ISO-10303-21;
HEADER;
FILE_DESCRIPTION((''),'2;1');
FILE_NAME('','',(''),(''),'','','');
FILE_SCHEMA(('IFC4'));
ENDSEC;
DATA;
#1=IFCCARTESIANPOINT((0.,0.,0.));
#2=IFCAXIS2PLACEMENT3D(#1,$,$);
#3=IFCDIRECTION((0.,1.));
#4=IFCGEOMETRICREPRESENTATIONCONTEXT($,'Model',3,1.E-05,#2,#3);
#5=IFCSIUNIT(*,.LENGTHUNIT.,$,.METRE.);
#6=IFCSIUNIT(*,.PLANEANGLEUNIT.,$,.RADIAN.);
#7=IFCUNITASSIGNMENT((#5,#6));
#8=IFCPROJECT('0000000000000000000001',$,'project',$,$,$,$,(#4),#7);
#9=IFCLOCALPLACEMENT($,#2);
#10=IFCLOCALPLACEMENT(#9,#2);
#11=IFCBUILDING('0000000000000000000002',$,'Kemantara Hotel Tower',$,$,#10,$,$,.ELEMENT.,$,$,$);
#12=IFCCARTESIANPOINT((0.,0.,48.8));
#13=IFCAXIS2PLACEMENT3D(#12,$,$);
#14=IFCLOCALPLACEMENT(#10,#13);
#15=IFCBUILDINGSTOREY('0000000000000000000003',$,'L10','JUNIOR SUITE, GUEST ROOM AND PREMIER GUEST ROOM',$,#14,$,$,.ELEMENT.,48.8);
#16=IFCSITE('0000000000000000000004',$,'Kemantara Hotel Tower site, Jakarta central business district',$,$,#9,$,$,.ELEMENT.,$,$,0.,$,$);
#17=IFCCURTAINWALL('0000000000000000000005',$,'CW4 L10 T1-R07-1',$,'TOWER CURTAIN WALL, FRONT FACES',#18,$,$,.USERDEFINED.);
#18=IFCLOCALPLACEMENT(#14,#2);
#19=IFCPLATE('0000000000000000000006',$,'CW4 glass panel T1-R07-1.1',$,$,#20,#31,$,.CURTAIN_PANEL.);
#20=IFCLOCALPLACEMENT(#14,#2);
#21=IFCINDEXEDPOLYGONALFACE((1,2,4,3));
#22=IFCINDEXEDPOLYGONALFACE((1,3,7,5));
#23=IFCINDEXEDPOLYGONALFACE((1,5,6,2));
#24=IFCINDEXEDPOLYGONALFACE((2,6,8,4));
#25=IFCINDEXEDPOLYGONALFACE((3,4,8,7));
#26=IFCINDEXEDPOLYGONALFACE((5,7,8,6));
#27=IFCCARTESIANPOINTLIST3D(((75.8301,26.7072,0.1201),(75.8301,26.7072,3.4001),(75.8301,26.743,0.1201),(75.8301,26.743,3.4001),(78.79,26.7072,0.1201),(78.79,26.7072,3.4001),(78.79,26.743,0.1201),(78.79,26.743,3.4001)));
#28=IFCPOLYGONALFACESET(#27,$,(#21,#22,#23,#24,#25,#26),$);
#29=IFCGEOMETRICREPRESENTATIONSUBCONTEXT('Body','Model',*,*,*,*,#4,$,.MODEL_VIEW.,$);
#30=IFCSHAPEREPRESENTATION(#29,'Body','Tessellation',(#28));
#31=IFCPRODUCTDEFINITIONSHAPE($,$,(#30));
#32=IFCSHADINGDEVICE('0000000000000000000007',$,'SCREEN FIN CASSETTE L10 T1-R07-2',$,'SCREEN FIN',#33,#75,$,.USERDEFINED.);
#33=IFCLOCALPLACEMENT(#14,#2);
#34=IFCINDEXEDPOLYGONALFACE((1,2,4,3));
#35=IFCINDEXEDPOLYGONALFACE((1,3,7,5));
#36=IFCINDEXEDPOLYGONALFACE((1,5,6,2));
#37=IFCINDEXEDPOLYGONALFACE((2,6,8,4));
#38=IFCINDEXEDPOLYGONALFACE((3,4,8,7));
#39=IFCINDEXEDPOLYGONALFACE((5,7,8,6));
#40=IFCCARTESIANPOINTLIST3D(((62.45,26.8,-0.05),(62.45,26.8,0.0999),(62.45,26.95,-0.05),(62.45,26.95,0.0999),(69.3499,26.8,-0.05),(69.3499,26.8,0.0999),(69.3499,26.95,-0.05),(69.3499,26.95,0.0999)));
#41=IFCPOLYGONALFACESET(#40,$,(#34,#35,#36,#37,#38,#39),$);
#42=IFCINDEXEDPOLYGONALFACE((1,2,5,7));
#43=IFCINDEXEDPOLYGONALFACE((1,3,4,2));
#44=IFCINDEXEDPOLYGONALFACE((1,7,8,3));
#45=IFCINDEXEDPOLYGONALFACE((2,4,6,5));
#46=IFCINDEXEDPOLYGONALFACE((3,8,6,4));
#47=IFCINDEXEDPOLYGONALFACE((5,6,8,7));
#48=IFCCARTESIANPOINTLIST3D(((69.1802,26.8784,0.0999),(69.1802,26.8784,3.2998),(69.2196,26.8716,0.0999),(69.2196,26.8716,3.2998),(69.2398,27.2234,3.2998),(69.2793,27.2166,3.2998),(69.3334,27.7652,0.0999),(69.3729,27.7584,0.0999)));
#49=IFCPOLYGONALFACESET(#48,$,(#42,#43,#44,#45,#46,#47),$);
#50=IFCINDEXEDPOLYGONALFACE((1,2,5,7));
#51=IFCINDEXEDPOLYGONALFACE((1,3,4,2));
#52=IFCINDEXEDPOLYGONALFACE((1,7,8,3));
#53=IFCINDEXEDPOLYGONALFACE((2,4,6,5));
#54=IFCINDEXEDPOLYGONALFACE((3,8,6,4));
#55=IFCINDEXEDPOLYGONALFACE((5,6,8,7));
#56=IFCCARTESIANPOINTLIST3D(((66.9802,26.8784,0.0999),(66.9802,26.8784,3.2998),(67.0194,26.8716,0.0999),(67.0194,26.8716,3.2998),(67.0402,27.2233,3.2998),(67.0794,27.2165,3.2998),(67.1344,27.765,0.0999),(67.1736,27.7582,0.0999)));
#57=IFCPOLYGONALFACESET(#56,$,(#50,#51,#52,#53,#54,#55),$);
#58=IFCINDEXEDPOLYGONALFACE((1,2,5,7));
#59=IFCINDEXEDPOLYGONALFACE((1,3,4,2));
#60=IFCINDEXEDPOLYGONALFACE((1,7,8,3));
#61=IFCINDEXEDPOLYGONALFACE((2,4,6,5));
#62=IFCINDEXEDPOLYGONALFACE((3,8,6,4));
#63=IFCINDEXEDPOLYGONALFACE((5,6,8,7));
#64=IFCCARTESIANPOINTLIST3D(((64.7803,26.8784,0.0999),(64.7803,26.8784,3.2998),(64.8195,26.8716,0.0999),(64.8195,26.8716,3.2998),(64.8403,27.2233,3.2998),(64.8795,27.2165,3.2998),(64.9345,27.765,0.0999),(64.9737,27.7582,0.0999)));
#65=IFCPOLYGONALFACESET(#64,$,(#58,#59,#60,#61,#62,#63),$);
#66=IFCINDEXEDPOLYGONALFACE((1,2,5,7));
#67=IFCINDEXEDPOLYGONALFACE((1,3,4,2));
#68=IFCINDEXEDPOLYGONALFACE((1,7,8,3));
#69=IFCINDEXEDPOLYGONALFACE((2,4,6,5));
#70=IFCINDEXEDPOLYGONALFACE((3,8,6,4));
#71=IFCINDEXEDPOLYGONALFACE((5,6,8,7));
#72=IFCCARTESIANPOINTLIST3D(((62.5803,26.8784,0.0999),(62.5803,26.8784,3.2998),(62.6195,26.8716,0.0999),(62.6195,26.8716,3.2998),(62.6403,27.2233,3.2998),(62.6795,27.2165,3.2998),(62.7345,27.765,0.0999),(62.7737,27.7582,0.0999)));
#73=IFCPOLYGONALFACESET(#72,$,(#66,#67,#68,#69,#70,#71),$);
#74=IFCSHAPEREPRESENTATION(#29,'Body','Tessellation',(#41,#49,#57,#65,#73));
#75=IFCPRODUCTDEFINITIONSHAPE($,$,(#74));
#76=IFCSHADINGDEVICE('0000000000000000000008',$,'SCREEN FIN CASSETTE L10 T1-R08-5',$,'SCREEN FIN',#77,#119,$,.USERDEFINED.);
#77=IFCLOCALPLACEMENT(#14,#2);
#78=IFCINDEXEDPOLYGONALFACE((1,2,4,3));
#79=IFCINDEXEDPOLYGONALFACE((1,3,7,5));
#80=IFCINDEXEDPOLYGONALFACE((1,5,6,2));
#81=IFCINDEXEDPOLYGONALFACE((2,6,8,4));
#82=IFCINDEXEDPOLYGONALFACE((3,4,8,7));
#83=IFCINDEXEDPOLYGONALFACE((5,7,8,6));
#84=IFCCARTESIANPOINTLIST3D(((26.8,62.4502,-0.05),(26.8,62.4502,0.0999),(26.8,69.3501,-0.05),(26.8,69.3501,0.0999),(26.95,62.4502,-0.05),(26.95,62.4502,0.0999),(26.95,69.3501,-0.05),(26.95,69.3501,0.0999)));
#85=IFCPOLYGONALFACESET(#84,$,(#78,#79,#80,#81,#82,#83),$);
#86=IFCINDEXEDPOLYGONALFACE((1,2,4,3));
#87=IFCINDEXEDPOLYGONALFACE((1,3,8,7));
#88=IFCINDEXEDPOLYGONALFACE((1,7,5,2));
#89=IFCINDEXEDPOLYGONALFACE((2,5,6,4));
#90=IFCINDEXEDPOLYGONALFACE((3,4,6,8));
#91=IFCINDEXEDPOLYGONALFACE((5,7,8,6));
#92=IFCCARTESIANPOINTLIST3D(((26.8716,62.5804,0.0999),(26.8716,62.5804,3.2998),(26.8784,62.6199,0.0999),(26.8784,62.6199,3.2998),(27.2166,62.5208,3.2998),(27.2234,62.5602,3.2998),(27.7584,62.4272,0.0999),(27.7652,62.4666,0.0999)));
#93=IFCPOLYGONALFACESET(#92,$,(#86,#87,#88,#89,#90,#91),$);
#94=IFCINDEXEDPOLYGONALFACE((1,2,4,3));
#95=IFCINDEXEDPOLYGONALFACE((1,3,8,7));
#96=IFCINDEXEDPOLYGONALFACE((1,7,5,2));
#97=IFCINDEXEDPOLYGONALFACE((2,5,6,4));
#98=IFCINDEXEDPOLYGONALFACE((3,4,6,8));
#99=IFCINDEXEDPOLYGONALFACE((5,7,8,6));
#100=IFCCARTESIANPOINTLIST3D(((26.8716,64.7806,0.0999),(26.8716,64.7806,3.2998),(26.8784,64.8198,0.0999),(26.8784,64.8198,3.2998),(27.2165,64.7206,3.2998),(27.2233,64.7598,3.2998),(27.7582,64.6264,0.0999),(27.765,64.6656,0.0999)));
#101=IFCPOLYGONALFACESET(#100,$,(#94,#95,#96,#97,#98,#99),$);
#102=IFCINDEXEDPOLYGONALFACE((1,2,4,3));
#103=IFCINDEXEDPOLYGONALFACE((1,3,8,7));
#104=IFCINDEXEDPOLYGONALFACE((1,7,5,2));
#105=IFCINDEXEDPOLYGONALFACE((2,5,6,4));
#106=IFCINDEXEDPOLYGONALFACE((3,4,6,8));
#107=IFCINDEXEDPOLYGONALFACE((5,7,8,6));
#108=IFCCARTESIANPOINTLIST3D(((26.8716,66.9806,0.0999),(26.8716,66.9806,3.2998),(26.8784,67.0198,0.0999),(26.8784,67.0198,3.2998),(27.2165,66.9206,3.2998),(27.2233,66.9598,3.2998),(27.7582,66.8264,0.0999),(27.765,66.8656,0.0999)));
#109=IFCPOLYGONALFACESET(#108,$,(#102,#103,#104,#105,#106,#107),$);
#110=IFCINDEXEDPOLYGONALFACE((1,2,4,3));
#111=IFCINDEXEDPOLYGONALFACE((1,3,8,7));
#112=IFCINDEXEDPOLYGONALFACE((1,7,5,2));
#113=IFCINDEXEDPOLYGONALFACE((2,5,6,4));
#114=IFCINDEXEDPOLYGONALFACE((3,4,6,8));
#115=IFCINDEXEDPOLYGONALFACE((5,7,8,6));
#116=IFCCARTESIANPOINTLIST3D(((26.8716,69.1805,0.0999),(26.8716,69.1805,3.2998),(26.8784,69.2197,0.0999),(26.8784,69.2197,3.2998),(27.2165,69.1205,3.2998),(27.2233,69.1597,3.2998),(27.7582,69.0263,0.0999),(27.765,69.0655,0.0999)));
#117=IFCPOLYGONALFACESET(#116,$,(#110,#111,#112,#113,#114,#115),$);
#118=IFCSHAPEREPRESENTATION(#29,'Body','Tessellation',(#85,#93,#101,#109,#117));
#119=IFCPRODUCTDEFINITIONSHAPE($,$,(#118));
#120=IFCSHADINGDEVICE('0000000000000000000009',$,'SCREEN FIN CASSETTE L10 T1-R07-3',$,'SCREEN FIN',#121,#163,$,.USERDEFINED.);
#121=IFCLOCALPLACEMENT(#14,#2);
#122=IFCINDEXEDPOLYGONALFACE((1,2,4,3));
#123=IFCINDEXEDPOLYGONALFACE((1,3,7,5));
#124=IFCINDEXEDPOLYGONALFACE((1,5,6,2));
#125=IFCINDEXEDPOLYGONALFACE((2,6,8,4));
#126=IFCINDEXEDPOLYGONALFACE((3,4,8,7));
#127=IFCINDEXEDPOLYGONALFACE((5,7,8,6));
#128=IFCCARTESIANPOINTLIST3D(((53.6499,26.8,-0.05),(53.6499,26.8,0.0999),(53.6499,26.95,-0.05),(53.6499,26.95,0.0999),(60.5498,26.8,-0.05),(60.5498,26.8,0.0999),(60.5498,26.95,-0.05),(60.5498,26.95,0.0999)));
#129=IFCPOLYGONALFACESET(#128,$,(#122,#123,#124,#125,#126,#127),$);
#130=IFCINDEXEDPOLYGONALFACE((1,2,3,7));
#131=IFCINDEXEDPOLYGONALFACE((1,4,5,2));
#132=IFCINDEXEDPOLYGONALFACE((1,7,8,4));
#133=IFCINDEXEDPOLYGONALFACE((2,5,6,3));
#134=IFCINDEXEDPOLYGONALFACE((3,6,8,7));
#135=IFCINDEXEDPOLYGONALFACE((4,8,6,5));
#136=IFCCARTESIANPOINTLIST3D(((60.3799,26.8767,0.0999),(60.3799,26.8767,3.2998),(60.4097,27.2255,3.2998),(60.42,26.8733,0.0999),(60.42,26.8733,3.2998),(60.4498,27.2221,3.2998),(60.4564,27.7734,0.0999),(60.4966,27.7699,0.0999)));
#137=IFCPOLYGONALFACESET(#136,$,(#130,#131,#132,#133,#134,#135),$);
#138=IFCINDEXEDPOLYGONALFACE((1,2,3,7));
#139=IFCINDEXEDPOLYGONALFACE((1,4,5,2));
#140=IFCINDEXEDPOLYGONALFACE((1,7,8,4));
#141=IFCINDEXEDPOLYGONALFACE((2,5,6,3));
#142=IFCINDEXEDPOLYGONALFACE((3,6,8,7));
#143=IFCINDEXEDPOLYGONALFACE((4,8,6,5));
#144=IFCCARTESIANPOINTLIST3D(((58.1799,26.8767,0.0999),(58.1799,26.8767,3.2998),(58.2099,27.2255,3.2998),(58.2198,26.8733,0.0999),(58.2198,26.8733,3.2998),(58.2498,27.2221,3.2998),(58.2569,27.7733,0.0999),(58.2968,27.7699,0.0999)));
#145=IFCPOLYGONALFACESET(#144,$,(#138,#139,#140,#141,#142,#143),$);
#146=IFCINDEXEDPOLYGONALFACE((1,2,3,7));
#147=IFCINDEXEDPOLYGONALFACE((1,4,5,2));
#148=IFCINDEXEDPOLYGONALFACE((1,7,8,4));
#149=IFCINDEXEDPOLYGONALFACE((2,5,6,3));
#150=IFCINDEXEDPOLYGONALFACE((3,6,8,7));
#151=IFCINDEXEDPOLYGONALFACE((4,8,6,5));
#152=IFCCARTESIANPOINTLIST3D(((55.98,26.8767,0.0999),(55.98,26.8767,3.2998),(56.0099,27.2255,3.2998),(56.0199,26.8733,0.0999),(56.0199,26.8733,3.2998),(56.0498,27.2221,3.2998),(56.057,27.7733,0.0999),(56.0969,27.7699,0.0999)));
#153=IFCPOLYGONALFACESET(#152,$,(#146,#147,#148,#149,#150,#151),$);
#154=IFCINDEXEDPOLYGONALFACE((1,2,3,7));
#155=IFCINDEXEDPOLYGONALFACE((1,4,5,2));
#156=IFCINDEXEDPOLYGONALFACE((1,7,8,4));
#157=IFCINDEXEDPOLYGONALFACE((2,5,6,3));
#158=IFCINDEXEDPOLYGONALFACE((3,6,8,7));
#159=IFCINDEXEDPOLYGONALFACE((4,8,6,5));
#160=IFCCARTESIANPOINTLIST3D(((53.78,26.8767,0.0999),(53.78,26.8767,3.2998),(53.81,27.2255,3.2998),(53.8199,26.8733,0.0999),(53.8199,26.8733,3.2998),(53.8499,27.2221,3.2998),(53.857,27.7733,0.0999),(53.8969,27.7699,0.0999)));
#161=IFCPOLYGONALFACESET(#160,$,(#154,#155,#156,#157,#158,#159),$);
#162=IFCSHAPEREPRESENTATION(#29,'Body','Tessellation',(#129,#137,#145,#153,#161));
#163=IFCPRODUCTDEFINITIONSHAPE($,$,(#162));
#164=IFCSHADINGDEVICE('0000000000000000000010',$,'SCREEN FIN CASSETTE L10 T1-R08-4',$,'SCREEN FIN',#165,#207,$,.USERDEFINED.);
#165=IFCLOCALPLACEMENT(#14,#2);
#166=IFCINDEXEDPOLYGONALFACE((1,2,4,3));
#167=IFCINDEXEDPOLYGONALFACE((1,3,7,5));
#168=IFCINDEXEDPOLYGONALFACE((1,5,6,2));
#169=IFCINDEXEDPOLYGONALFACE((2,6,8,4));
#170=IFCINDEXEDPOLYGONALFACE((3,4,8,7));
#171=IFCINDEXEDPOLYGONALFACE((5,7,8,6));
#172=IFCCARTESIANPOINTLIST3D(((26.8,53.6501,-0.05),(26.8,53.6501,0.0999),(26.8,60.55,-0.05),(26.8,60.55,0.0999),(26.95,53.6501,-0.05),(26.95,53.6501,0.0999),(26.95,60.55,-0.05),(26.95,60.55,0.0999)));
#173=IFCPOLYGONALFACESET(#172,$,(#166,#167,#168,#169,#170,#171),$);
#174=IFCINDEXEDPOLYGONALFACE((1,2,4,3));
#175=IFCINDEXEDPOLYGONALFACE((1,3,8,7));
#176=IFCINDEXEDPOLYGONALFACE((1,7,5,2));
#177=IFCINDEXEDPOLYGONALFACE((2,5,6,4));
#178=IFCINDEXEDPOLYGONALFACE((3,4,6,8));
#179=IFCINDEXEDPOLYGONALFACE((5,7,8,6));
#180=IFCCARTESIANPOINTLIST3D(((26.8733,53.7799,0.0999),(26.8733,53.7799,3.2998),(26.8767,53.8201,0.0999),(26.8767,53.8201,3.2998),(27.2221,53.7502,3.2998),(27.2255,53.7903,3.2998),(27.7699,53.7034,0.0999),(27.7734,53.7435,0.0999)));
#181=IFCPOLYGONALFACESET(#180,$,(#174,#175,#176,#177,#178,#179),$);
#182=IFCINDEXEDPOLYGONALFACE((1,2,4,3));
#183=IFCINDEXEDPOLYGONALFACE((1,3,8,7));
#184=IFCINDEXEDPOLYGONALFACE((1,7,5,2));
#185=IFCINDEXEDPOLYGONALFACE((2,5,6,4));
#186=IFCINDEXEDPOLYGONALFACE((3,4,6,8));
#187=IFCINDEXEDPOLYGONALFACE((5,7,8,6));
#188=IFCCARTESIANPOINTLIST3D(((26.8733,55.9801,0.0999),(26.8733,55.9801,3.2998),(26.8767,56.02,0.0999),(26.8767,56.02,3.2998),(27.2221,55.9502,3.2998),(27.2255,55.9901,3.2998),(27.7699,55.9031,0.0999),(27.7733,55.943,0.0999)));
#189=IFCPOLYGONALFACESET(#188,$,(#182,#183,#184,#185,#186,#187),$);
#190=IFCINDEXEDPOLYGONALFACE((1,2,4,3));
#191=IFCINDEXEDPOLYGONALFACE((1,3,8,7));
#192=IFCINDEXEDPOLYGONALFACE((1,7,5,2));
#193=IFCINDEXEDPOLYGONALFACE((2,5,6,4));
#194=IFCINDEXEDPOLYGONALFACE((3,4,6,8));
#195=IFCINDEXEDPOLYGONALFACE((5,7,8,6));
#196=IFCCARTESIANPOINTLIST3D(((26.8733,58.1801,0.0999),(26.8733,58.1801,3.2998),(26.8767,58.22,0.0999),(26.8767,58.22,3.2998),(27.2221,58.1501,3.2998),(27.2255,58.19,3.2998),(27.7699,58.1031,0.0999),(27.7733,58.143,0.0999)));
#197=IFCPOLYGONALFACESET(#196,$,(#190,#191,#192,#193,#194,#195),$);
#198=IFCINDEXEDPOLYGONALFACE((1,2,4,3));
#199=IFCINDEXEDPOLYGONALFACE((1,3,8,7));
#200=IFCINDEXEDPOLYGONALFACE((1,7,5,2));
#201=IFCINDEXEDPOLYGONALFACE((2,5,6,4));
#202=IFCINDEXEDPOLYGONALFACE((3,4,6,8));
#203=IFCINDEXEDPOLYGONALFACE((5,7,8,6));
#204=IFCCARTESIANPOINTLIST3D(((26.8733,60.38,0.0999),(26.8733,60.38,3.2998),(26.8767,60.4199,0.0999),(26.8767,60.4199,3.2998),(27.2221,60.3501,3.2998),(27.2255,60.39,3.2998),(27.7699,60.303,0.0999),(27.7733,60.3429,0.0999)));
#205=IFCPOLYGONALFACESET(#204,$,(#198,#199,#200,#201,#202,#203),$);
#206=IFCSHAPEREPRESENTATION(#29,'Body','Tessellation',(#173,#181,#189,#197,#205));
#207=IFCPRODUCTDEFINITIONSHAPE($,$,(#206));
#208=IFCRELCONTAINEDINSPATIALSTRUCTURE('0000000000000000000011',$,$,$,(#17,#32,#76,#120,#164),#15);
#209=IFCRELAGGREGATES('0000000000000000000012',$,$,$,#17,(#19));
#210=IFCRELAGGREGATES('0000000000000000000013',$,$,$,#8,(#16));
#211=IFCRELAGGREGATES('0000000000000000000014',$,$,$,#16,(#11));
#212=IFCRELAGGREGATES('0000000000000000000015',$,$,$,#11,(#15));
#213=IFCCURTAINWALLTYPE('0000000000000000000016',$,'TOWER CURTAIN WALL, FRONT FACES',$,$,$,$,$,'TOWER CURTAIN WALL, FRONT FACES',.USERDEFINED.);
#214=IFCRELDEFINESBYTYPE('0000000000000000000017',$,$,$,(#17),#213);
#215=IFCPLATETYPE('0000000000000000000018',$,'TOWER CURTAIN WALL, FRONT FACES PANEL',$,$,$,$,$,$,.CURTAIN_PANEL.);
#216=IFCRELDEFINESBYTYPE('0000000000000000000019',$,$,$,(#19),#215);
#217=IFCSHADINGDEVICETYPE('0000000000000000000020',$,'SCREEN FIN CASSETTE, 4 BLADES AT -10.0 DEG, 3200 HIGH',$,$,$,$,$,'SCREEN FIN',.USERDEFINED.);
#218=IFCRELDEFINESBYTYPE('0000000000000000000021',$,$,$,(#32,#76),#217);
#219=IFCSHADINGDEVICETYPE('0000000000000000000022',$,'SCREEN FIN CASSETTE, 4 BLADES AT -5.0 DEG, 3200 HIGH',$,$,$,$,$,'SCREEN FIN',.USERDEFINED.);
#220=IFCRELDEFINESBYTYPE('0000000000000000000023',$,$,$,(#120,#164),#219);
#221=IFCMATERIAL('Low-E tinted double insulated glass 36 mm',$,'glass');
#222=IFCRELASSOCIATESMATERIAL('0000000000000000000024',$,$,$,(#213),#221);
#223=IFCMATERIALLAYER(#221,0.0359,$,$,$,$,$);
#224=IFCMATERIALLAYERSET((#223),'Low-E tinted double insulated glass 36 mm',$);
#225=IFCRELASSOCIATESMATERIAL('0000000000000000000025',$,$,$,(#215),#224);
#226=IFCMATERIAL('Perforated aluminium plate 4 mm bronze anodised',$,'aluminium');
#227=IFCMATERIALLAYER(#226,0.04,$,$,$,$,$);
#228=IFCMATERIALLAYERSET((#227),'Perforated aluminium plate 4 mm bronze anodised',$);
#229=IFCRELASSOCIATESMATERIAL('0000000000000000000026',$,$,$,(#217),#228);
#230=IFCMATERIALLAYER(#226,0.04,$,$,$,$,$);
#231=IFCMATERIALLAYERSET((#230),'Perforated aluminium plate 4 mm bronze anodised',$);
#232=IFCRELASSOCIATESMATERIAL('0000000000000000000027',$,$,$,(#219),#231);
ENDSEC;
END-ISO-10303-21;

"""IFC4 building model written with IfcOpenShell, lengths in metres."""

from ifc_helpers import new_model, si_unit, direction, frame, origin, origin_2d, place, context, subcontext, project, spatial, polyline, rectangle, outline, extrude, source, transform, mapped, material, layer, layer_set, type_object, element, aggregate, save


model = new_model("IFC4")

# Units and contexts
model_context = context("Model", 3, precision=1e-05, world=origin(), true_north=direction((0.0, 1.0)))
body_context = subcontext(model_context, "Body", "Model", "MODEL_VIEW")
ifc_project = project(units=[si_unit("LENGTHUNIT", "METRE"), si_unit("PLANEANGLEUNIT", "RADIAN")], contexts=[model_context])

# Site, building, storey
site_placement = place(None, origin())
site = spatial("IfcSite", under=ifc_project, at=site_placement, Name="Kemantara Hotel Tower site, Jakarta central business district", CompositionType="ELEMENT", RefElevation=0.0)
building_placement = place(site_placement, origin())
building = spatial("IfcBuilding", under=site, at=building_placement, Name="Kemantara Hotel Tower", CompositionType="ELEMENT")
storey_placement = place(building_placement, frame((0.0, 0.0, 48.8)))
storey = spatial("IfcBuildingStorey", under=building, at=storey_placement, Name="L10", Description="JUNIOR SUITE, GUEST ROOM AND PREMIER GUEST ROOM", CompositionType="ELEMENT", Elevation=48.8)

# Curtain wall
ifc_material_1 = material(Name="Low-E tinted double insulated glass 36 mm", Category="glass")
curtain_wall_type = type_object("IfcCurtainWallType", Name="TOWER CURTAIN WALL, FRONT FACES", ElementType="TOWER CURTAIN WALL, FRONT FACES", PredefinedType="USERDEFINED", material=ifc_material_1)
curtain_wall_1_placement = place(storey_placement, origin())
curtain_wall_1 = element("IfcCurtainWall", 1, at=curtain_wall_1_placement, inside=storey, type_object=curtain_wall_type, Name="CW4 L10 T1-R07-1", ObjectType="TOWER CURTAIN WALL, FRONT FACES", PredefinedType="USERDEFINED")

# Plate
ifc_layer_1 = layer(ifc_material_1, 0.0359)
ifc_layer_set_1 = layer_set([ifc_layer_1], Name="Low-E tinted double insulated glass 36 mm")
plate_type = type_object("IfcPlateType", Name="TOWER CURTAIN WALL, FRONT FACES PANEL", PredefinedType="CURTAIN_PANEL", material=ifc_layer_set_1)
shared_shape_1 = source(origin(), body_context, "Body", "SweptSolid", [
    extrude(rectangle(XDim=2.96, YDim=0.0359, at=origin_2d()), origin(), (0.0, 0.0, 1.0), 3.28),
])
plate_1_placement = place(storey_placement, frame((77.3101, 26.7251, 0.1201), z_axis=(0.0, 0.0, 1.0), x_axis=(-1.0, 0.0, 0.0)))
plate_1 = element("IfcPlate", 2, at=plate_1_placement, type_object=plate_type, Name="CW4 glass panel T1-R07-1.1", PredefinedType="CURTAIN_PANEL", context=body_context, shape_type="MappedRepresentation", body=[
    mapped(shared_shape_1, transform((0.0, 0.0, 0.0))),
])
aggregate(curtain_wall_1, [plate_1])

# Shading devices
ifc_material_2 = material(Name="Perforated aluminium plate 4 mm bronze anodised", Category="aluminium")
ifc_layer_2 = layer(ifc_material_2, 0.04)
ifc_layer_set_2 = layer_set([ifc_layer_2], Name="Perforated aluminium plate 4 mm bronze anodised")
shading_device_type_1 = type_object("IfcShadingDeviceType", Name="SCREEN FIN CASSETTE, 4 BLADES AT -10.0 DEG, 3200 HIGH", ElementType="SCREEN FIN", PredefinedType="USERDEFINED", material=ifc_layer_set_2)
shared_shape_2 = source(origin(), body_context, "Body", "SweptSolid", [
    extrude(rectangle(XDim=6.8999, YDim=0.1499, at=origin_2d()), frame((3.3, -0.075, -0.1499), z_axis=(0.0, 0.0, 1.0), x_axis=(1.0, 0.0, 0.0)), (0.0, 0.0, 1.0), 0.1499),
    extrude(outline(polyline([(0.0, 0.0), (0.8999, 0.0), (0.3501, 3.2), (0.0, 3.2), (0.0, 0.0)])), frame((0.0198, -0.0784, 0.0), z_axis=(-0.98539, 0.170314, 0.0), x_axis=(-0.170314, -0.98539, 0.0)), (0.0, 0.0, 1.0), 0.04),
    extrude(outline(polyline([(0.0, 0.0), (0.8999, 0.0), (0.3501, 3.2), (0.0, 3.2), (0.0, 0.0)])), frame((2.2197, -0.0784, 0.0), z_axis=(-0.985212, 0.171341, 0.0), x_axis=(-0.171341, -0.985212, 0.0)), (0.0, 0.0, 1.0), 0.0398),
    extrude(outline(polyline([(0.0, 0.0), (0.8999, 0.0), (0.3501, 3.2), (0.0, 3.2), (0.0, 0.0)])), frame((4.4197, -0.0784, 0.0), z_axis=(-0.985212, 0.171341, 0.0), x_axis=(-0.171341, -0.985212, 0.0)), (0.0, 0.0, 1.0), 0.0398),
    extrude(outline(polyline([(0.0, 0.0), (0.8999, 0.0), (0.3501, 3.2), (0.0, 3.2), (0.0, 0.0)])), frame((6.6196, -0.0784, 0.0), z_axis=(-0.985212, 0.171341, 0.0), x_axis=(-0.171341, -0.985212, 0.0)), (0.0, 0.0, 1.0), 0.0398),
])
for number, where, z_axis, x_axis, name in (
    (3, (69.2, 26.8, 0.0999), (0.0, 0.0, 1.0), (-1.0, 0.0, 0.0), "SCREEN FIN CASSETTE L10 T1-R07-2"),
    (4, (26.8, 62.6001, 0.0999), (0.0, 0.0, 1.0), (0.0, 1.0, 0.0), "SCREEN FIN CASSETTE L10 T1-R08-5"),
):
    element("IfcShadingDevice", number, at=place(storey_placement, frame(where, z_axis=z_axis, x_axis=x_axis)), inside=storey, type_object=shading_device_type_1, Name=name, ObjectType="SCREEN FIN", PredefinedType="USERDEFINED", context=body_context, shape_type="MappedRepresentation", body=[
        mapped(shared_shape_2, transform((0.0, 0.0, 0.0))),
    ])
ifc_layer_3 = layer(ifc_material_2, 0.04)
ifc_layer_set_3 = layer_set([ifc_layer_3], Name="Perforated aluminium plate 4 mm bronze anodised")
shading_device_type_2 = type_object("IfcShadingDeviceType", Name="SCREEN FIN CASSETTE, 4 BLADES AT -5.0 DEG, 3200 HIGH", ElementType="SCREEN FIN", PredefinedType="USERDEFINED", material=ifc_layer_set_3)
shared_shape_3 = source(origin(), body_context, "Body", "SweptSolid", [
    extrude(rectangle(XDim=6.8999, YDim=0.1499, at=origin_2d()), frame((3.3, -0.075, -0.1499), z_axis=(0.0, 0.0, 1.0), x_axis=(1.0, 0.0, 0.0)), (0.0, 0.0, 1.0), 0.1499),
    extrude(outline(polyline([(0.0, 0.0), (0.8999, 0.0), (0.3501, 3.2), (0.0, 3.2), (0.0, 0.0)])), frame((0.02, -0.0767, 0.0), z_axis=(-0.996376, 0.085056, 0.0), x_axis=(-0.085056, -0.996376, 0.0)), (0.0, 0.0, 1.0), 0.0403),
    extrude(outline(polyline([(0.0, 0.0), (0.8999, 0.0), (0.3501, 3.2), (0.0, 3.2), (0.0, 0.0)])), frame((2.22, -0.0767, 0.0), z_axis=(-0.996332, 0.085575, 0.0), x_axis=(-0.085575, -0.996332, 0.0)), (0.0, 0.0, 1.0), 0.04),
    extrude(outline(polyline([(0.0, 0.0), (0.8999, 0.0), (0.3501, 3.2), (0.0, 3.2), (0.0, 0.0)])), frame((4.4199, -0.0767, 0.0), z_axis=(-0.996332, 0.085575, 0.0), x_axis=(-0.085575, -0.996332, 0.0)), (0.0, 0.0, 1.0), 0.04),
    extrude(outline(polyline([(0.0, 0.0), (0.8999, 0.0), (0.3501, 3.2), (0.0, 3.2), (0.0, 0.0)])), frame((6.6199, -0.0767, 0.0), z_axis=(-0.996332, 0.085575, 0.0), x_axis=(-0.085575, -0.996332, 0.0)), (0.0, 0.0, 1.0), 0.04),
])
for number, where, z_axis, x_axis, name in (
    (5, (60.3999, 26.8, 0.0999), (0.0, 0.0, 1.0), (-1.0, 0.0, 0.0), "SCREEN FIN CASSETTE L10 T1-R07-3"),
    (6, (26.8, 53.8, 0.0999), (0.0, 0.0, 1.0), (0.0, 1.0, 0.0), "SCREEN FIN CASSETTE L10 T1-R08-4"),
):
    element("IfcShadingDevice", number, at=place(storey_placement, frame(where, z_axis=z_axis, x_axis=x_axis)), inside=storey, type_object=shading_device_type_2, Name=name, ObjectType="SCREEN FIN", PredefinedType="USERDEFINED", context=body_context, shape_type="MappedRepresentation", body=[
        mapped(shared_shape_3, transform((0.0, 0.0, 0.0))),
    ])

save(model, "model.ifc")
